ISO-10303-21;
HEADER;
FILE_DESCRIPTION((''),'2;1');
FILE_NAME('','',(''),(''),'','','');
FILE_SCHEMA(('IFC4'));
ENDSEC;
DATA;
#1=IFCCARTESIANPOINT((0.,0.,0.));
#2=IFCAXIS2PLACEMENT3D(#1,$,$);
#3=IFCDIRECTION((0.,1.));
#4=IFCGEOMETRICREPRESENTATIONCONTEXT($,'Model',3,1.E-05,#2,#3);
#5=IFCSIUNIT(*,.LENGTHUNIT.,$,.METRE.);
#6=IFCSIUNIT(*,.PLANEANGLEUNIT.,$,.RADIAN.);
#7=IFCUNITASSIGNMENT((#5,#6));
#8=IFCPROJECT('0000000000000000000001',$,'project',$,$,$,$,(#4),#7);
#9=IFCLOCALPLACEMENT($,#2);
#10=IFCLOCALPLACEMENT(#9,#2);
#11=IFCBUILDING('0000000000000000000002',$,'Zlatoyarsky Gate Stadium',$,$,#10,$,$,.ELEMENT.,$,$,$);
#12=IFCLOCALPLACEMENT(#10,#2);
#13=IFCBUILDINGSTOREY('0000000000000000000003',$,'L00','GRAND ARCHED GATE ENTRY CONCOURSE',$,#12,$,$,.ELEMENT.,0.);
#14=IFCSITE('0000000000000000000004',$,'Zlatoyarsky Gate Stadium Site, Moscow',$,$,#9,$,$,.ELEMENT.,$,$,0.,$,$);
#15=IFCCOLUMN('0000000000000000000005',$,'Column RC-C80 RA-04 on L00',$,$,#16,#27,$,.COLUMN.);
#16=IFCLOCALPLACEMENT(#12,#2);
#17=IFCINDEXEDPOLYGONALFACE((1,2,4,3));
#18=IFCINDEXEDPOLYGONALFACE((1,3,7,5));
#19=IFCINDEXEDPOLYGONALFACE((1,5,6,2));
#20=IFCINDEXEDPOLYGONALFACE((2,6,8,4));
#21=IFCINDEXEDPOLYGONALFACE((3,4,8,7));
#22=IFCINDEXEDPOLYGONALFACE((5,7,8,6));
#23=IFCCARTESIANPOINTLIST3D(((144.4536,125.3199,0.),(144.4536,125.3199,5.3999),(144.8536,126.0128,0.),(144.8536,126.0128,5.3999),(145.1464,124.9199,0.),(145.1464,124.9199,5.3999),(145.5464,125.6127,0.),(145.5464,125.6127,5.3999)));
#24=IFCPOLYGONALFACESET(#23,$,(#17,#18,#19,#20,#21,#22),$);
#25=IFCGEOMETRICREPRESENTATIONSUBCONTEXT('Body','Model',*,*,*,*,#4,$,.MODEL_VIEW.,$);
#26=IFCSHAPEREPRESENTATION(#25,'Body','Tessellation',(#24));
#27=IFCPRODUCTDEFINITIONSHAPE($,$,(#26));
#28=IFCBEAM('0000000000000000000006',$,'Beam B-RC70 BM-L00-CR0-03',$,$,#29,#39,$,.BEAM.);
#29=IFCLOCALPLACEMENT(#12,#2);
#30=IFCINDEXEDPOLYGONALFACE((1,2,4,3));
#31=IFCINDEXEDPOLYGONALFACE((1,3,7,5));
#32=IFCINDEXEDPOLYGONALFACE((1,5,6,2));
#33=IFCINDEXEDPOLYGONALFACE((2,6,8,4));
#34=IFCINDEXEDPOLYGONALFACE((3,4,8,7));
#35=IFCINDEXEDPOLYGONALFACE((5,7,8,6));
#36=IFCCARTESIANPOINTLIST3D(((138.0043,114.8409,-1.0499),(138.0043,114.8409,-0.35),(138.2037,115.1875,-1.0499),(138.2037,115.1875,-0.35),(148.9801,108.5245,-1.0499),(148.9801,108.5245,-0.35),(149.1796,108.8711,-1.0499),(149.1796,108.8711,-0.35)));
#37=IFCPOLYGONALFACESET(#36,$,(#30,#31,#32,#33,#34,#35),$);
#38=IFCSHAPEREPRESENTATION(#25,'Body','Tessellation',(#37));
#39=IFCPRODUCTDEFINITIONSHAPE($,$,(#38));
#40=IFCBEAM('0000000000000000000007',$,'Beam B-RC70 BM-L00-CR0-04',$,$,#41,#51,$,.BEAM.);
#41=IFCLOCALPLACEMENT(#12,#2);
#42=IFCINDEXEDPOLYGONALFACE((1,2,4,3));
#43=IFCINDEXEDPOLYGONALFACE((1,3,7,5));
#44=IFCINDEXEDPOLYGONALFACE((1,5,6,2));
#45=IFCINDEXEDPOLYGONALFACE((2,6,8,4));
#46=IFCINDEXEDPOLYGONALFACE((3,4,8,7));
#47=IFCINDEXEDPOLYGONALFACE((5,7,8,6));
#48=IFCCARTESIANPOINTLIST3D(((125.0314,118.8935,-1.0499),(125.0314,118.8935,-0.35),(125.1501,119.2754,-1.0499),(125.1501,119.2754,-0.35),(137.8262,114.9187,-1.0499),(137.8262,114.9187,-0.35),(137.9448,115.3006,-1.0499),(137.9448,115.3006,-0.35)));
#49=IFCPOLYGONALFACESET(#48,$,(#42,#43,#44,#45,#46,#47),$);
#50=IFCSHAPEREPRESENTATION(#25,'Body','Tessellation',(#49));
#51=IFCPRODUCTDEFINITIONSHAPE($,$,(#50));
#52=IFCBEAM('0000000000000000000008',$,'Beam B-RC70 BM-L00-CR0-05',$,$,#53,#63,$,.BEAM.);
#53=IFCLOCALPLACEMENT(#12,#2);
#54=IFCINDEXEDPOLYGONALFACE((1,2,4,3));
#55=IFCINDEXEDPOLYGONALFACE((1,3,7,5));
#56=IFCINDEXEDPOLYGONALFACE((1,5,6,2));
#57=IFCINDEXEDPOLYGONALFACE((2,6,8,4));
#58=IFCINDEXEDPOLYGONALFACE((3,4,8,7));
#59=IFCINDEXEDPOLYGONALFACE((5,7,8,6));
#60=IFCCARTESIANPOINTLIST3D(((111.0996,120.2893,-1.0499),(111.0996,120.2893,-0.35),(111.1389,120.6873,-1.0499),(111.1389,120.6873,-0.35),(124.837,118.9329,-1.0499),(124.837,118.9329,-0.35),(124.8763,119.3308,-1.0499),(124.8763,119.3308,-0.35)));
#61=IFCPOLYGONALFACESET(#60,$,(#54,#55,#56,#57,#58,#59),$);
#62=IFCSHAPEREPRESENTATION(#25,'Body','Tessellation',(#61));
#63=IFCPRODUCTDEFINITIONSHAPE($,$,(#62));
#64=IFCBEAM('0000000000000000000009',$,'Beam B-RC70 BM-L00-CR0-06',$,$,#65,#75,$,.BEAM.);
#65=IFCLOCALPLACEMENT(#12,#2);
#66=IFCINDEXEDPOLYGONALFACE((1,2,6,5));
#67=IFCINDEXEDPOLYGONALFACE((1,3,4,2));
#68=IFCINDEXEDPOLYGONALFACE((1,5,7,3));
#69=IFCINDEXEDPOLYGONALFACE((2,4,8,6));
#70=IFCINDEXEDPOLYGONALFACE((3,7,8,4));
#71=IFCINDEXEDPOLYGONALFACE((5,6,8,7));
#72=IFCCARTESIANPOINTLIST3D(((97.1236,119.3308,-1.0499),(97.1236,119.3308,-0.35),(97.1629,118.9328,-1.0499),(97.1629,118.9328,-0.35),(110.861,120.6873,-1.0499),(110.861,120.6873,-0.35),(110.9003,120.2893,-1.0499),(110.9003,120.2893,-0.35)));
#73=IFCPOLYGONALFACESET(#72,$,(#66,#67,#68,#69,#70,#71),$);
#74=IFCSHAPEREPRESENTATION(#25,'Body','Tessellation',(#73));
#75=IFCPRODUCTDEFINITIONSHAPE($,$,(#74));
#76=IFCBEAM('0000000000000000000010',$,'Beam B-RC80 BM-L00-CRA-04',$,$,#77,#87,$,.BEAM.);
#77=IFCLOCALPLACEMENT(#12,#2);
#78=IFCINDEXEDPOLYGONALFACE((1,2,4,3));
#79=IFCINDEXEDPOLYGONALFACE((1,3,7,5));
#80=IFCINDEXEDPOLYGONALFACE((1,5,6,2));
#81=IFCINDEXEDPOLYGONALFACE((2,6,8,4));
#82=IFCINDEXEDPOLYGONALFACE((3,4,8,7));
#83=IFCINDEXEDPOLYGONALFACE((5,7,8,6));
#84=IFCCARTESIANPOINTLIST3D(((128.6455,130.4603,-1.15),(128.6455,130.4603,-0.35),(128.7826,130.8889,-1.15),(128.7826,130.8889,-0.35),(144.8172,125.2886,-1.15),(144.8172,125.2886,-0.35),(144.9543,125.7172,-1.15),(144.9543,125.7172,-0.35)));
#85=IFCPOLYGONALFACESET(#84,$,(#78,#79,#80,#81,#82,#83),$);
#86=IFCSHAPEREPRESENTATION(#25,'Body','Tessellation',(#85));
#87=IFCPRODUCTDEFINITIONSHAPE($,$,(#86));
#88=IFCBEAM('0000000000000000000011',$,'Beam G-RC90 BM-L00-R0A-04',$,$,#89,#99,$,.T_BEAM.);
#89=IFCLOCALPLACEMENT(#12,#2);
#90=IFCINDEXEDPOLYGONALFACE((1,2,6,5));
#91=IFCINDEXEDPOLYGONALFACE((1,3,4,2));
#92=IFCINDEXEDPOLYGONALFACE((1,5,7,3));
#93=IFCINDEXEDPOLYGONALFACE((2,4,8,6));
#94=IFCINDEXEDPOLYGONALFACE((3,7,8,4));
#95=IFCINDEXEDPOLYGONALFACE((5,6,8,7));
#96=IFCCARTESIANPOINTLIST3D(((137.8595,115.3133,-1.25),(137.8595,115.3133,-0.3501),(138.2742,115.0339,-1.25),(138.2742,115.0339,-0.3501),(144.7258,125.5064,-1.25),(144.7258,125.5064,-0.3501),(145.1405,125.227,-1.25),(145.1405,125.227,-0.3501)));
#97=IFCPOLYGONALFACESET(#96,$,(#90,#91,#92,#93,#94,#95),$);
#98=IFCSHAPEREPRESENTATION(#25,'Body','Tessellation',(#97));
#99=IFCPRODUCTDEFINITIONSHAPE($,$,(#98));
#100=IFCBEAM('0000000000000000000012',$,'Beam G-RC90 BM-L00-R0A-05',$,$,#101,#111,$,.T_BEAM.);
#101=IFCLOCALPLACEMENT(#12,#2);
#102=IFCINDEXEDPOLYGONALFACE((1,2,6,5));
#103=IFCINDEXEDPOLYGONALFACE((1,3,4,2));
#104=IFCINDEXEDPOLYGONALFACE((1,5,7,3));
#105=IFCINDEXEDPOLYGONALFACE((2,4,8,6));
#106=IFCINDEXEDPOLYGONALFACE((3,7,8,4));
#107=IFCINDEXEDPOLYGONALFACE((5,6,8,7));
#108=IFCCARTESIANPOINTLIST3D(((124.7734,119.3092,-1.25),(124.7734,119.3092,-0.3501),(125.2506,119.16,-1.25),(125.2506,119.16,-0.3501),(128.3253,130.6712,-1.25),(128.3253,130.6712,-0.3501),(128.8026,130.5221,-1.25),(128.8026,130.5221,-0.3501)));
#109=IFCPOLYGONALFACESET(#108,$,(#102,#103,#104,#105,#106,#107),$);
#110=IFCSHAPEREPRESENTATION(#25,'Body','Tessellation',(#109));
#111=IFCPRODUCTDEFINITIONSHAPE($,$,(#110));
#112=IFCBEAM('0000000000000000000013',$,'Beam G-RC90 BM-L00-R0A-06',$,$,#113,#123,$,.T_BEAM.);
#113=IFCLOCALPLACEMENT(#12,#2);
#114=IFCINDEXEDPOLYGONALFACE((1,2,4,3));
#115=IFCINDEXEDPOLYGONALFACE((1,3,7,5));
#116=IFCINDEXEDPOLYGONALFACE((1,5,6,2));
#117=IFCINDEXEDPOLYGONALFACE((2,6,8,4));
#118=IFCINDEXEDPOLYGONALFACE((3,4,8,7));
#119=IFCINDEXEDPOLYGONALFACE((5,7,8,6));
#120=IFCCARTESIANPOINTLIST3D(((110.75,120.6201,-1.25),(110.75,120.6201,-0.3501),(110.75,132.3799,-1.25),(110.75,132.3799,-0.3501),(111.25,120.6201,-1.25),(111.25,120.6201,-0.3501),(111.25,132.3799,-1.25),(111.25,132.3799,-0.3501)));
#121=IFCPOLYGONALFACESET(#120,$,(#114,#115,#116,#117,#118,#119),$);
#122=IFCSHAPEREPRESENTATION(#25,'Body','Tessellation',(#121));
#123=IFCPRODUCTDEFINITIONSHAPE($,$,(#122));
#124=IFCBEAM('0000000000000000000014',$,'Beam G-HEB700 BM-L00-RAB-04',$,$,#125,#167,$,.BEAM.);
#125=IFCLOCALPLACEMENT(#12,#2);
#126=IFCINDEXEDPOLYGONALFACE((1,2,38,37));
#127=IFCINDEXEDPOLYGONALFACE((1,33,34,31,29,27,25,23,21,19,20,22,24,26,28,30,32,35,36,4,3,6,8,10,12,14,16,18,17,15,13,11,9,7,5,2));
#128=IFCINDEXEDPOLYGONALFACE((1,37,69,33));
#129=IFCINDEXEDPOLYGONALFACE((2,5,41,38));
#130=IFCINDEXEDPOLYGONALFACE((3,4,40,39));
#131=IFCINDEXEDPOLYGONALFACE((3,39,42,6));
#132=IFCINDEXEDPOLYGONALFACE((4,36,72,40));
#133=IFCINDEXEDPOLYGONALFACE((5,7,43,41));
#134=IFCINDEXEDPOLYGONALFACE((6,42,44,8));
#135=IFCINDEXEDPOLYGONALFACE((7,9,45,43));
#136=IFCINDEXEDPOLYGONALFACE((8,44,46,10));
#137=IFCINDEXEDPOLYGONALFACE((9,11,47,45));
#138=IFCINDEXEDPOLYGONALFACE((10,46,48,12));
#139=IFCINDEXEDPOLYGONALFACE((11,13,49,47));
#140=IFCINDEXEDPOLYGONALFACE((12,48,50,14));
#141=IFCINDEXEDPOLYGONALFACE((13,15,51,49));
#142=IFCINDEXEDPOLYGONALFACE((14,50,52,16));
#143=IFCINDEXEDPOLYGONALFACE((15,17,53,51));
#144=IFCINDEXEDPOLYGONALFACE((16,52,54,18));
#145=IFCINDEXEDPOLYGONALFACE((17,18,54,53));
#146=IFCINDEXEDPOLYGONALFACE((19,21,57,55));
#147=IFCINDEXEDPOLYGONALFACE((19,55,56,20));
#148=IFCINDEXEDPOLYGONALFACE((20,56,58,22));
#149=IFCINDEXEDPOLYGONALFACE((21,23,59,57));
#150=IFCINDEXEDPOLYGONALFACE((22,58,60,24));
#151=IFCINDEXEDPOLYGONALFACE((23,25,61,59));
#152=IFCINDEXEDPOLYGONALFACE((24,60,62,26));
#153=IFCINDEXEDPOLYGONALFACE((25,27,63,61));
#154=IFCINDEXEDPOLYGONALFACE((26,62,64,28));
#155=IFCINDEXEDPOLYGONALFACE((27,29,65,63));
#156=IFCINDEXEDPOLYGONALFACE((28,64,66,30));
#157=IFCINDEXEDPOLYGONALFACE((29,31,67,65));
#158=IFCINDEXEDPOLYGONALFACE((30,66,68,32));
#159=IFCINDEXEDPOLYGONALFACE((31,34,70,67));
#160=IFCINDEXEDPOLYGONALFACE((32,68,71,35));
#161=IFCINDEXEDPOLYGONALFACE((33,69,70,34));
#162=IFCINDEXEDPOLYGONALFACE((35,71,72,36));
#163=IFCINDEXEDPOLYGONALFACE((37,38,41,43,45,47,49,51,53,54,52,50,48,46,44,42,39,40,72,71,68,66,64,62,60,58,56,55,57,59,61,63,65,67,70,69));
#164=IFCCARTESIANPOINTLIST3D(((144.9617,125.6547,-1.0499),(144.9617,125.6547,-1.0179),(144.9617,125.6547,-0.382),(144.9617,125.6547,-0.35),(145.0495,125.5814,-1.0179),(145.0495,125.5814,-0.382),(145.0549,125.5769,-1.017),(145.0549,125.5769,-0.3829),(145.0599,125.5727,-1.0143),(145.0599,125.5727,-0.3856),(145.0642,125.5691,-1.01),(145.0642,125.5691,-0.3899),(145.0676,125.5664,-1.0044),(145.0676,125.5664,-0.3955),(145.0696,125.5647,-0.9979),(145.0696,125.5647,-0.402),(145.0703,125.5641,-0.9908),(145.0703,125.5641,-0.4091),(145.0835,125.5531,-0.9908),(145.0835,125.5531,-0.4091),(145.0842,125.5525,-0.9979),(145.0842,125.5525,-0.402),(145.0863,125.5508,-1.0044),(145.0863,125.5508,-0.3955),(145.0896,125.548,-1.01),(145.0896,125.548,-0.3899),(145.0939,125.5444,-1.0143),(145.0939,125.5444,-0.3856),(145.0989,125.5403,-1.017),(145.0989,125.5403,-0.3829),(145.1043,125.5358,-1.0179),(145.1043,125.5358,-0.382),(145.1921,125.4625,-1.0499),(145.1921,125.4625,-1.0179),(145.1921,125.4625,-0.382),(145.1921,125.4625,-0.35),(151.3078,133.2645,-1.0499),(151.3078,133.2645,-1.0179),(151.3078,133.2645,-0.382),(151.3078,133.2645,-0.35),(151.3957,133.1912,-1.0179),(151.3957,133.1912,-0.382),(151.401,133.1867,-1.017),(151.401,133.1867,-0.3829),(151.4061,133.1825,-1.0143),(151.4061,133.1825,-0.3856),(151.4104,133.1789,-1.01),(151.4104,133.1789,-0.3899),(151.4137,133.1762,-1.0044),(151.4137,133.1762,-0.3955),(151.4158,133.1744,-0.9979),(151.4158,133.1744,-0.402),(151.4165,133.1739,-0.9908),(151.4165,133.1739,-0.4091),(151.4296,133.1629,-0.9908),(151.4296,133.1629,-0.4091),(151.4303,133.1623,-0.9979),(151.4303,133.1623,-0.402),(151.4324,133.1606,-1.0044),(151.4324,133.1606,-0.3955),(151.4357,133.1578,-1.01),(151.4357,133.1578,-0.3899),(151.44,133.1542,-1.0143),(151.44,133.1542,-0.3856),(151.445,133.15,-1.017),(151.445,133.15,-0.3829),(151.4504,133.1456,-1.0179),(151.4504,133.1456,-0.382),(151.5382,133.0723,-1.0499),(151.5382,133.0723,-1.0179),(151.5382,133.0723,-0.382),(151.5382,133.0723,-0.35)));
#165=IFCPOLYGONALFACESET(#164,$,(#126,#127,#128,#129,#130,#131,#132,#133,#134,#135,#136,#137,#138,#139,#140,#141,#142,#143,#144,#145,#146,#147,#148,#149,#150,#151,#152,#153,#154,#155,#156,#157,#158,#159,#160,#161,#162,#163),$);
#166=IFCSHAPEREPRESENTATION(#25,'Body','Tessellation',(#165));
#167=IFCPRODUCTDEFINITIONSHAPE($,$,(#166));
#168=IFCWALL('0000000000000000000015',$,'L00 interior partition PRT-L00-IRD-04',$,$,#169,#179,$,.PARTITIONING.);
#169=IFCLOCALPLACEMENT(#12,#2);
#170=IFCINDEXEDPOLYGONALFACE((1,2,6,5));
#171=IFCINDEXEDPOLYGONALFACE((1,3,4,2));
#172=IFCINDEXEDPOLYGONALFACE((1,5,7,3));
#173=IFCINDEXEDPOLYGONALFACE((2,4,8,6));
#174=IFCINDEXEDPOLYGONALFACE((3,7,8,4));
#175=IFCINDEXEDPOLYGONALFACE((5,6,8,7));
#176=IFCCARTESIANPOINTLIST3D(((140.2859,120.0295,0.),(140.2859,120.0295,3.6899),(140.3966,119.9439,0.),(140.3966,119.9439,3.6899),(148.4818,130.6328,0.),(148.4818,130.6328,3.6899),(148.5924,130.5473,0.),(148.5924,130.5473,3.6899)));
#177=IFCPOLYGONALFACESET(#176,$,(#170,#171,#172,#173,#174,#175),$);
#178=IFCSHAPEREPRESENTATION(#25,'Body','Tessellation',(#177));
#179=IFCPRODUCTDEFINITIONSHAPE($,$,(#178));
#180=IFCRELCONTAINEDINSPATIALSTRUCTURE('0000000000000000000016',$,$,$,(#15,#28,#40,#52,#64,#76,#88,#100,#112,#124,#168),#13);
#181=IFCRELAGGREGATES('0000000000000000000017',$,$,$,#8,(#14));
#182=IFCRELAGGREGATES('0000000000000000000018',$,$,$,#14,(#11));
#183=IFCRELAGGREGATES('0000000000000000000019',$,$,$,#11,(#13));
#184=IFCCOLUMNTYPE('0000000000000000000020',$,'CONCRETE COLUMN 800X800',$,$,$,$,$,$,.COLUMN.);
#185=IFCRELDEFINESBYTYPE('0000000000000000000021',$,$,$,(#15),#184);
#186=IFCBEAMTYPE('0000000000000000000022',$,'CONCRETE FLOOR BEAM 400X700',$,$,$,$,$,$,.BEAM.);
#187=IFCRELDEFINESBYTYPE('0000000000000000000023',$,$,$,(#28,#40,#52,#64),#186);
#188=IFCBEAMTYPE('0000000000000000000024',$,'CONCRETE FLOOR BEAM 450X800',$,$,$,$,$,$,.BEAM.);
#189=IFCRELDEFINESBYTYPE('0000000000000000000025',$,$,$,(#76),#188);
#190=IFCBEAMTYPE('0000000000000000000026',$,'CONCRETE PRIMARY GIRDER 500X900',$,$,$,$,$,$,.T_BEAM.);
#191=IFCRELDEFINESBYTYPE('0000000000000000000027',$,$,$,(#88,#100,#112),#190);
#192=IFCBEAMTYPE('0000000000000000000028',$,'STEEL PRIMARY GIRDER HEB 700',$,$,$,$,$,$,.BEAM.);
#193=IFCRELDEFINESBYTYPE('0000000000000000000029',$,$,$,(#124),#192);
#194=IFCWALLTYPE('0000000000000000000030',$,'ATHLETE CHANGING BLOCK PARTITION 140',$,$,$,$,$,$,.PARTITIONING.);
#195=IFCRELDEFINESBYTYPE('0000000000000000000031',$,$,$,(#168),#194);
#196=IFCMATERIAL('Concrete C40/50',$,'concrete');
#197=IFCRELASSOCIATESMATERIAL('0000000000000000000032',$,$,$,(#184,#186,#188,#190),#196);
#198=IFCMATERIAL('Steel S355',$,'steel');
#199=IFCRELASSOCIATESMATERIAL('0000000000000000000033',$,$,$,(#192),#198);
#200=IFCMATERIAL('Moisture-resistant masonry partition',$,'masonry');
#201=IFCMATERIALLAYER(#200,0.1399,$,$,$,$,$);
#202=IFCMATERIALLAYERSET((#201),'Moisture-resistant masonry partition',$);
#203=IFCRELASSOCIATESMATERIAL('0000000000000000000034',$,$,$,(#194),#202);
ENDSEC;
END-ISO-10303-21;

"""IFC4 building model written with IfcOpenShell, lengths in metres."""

from ifc_helpers import new_model, si_unit, direction, frame, frame_2d, origin, origin_2d, place, context, subcontext, project, spatial, rectangle, i_section, extrude, material, layer, layer_set, material_profile, profile_set, type_object, element, save


model = new_model("IFC4")

# Units and contexts
model_context = context("Model", 3, precision=1e-05, world=origin(), true_north=direction((0.0, 1.0)))
body_context = subcontext(model_context, "Body", "Model", "MODEL_VIEW")
ifc_project = project(units=[si_unit("LENGTHUNIT", "METRE"), si_unit("PLANEANGLEUNIT", "RADIAN")], contexts=[model_context])

# Site, building, storey
site_placement = place(None, origin())
site = spatial("IfcSite", under=ifc_project, at=site_placement, Name="Zlatoyarsky Gate Stadium Site, Moscow", CompositionType="ELEMENT", RefElevation=0.0)
building_placement = place(site_placement, origin())
building = spatial("IfcBuilding", under=site, at=building_placement, Name="Zlatoyarsky Gate Stadium", CompositionType="ELEMENT")
storey_placement = place(building_placement, origin())
storey = spatial("IfcBuildingStorey", under=building, at=storey_placement, Name="L00", Description="GRAND ARCHED GATE ENTRY CONCOURSE", CompositionType="ELEMENT", Elevation=0.0)

# Column
ifc_material_1 = material(Name="Concrete C40/50", Category="concrete")
ifc_material_profile_1 = material_profile(ifc_material_1, rectangle(XDim=0.8, YDim=0.8, at=origin_2d()), Name="RC COL 800X800")
ifc_profile_set_1 = profile_set([ifc_material_profile_1], Name="Concrete C40/50")
column_type = type_object("IfcColumnType", Name="CONCRETE COLUMN 800X800", PredefinedType="COLUMN", material=ifc_profile_set_1)
column_placement = place(storey_placement, frame((145.0, 125.4663, 0.0), z_axis=(0.0, 0.0, 1.0), x_axis=(0.5, 0.866025, 0.0)))
element("IfcColumn", 1, at=column_placement, inside=storey, type_object=column_type, Name="Column RC-C80 RA-04 on L00", PredefinedType="COLUMN", context=body_context, shape_type="SweptSolid", body=[
    extrude(rectangle(XDim=0.8, YDim=0.8, at=origin_2d()), origin(), (0.0, 0.0, 1.0), 5.3999),
])

# Beams
ifc_material_profile_2 = material_profile(ifc_material_1, rectangle(XDim=0.3999, YDim=0.7, at=origin_2d()), Name="RC BEAM 400X700")
ifc_profile_set_2 = profile_set([ifc_material_profile_2], Name="Concrete C40/50")
beam_type_1 = type_object("IfcBeamType", Name="CONCRETE FLOOR BEAM 400X700", PredefinedType="BEAM", material=ifc_profile_set_2)
beam_1_placement = place(storey_placement, frame((149.0798, 108.6978, -0.7), z_axis=(-0.866725, 0.498786, 0.0), x_axis=(-0.498786, -0.866725, 0.0)))
element("IfcBeam", 2, at=beam_1_placement, inside=storey, type_object=beam_type_1, Name="Beam B-RC70 BM-L00-CR0-03", PredefinedType="BEAM", context=body_context, shape_type="SweptSolid", body=[
    extrude(rectangle(XDim=0.3999, YDim=0.7, at=origin_2d()), origin(), (0.0, 0.0, 1.0), 12.6636),
])
beam_2_placement = place(storey_placement, frame((137.8855, 115.1096, -0.7), z_axis=(-0.954978, 0.296678, 0.0), x_axis=(-0.296678, -0.954978, 0.0)))
element("IfcBeam", 3, at=beam_2_placement, inside=storey, type_object=beam_type_1, Name="Beam B-RC70 BM-L00-CR0-04", PredefinedType="BEAM", context=body_context, shape_type="SweptSolid", body=[
    extrude(rectangle(XDim=0.3999, YDim=0.7, at=origin_2d()), origin(), (0.0, 0.0, 1.0), 13.3979),
])
for number, where, z_axis, x_axis, name in (
    (4, (124.8567, 119.1318, -0.7), (-0.99516, 0.098264, 0.0), (-0.098264, -0.99516, 0.0), "Beam B-RC70 BM-L00-CR0-05"),
    (5, (110.8806, 120.4883, -0.7), (-0.99516, -0.098264, 0.0), (0.098264, -0.99516, 0.0), "Beam B-RC70 BM-L00-CR0-06"),
):
    element("IfcBeam", number, at=place(storey_placement, frame(where, z_axis=z_axis, x_axis=x_axis)), inside=storey, type_object=beam_type_1, Name=name, PredefinedType="BEAM", context=body_context, shape_type="SweptSolid", body=[
        extrude(rectangle(XDim=0.3999, YDim=0.7, at=origin_2d()), origin(), (0.0, 0.0, 1.0), 13.8042),
    ])
ifc_material_profile_3 = material_profile(ifc_material_1, rectangle(XDim=0.45, YDim=0.8, at=origin_2d()), Name="RC BEAM 450X800")
ifc_profile_set_3 = profile_set([ifc_material_profile_3], Name="Concrete C40/50")
beam_type_2 = type_object("IfcBeamType", Name="CONCRETE FLOOR BEAM 450X800", PredefinedType="BEAM", material=ifc_profile_set_3)
beam_3_placement = place(storey_placement, frame((144.8857, 125.5029, -0.75), z_axis=(-0.95248, 0.3046, 0.0), x_axis=(-0.3046, -0.95248, 0.0)))
element("IfcBeam", 6, at=beam_3_placement, inside=storey, type_object=beam_type_2, Name="Beam B-RC80 BM-L00-CRA-04", PredefinedType="BEAM", context=body_context, shape_type="SweptSolid", body=[
    extrude(rectangle(XDim=0.45, YDim=0.8, at=origin_2d()), origin(), (0.0, 0.0, 1.0), 16.9785),
])
ifc_material_profile_4 = material_profile(ifc_material_1, rectangle(XDim=0.5, YDim=0.8999, at=origin_2d()), Name="RC GIRDER 500X900")
ifc_profile_set_4 = profile_set([ifc_material_profile_4], Name="Concrete C40/50")
beam_type_3 = type_object("IfcBeamType", Name="CONCRETE PRIMARY GIRDER 500X900", PredefinedType="T_BEAM", material=ifc_profile_set_4)
beam_4_placement = place(storey_placement, frame((138.0669, 115.1736, -0.8), z_axis=(0.558682, 0.829382, 0.0), x_axis=(-0.829382, 0.558682, 0.0)))
element("IfcBeam", 7, at=beam_4_placement, inside=storey, type_object=beam_type_3, Name="Beam G-RC90 BM-L00-R0A-04", PredefinedType="T_BEAM", context=body_context, shape_type="SweptSolid", body=[
    extrude(rectangle(XDim=0.5, YDim=0.8999, at=origin_2d()), origin(), (0.0, 0.0, 1.0), 12.29),
])
beam_5_placement = place(storey_placement, frame((125.012, 119.2346, -0.8), z_axis=(0.298379, 0.954447, 0.0), x_axis=(-0.954447, 0.298379, 0.0)))
element("IfcBeam", 8, at=beam_5_placement, inside=storey, type_object=beam_type_3, Name="Beam G-RC90 BM-L00-R0A-05", PredefinedType="T_BEAM", context=body_context, shape_type="SweptSolid", body=[
    extrude(rectangle(XDim=0.5, YDim=0.8999, at=origin_2d()), origin(), (0.0, 0.0, 1.0), 11.9043),
])
beam_6_placement = place(storey_placement, frame((111.0, 120.6201, -0.8), z_axis=(0.0, 1.0, 0.0), x_axis=(-1.0, 0.0, 0.0)))
element("IfcBeam", 9, at=beam_6_placement, inside=storey, type_object=beam_type_3, Name="Beam G-RC90 BM-L00-R0A-06", PredefinedType="T_BEAM", context=body_context, shape_type="SweptSolid", body=[
    extrude(rectangle(XDim=0.5, YDim=0.8999, at=origin_2d()), origin(), (0.0, 0.0, 1.0), 11.7598),
])
ifc_material_2 = material(Name="Steel S355", Category="steel")
ifc_material_profile_5 = material_profile(ifc_material_2, i_section(OverallWidth=0.3, OverallDepth=0.7, WebThickness=0.0171, FlangeThickness=0.032, FilletRadius=0.0271, at=origin_2d()), Name="HEB 700")
ifc_profile_set_5 = profile_set([ifc_material_profile_5], Name="Steel S355")
beam_type_4 = type_object("IfcBeamType", Name="STEEL PRIMARY GIRDER HEB 700", PredefinedType="BEAM", material=ifc_profile_set_5)
beam_7_placement = place(storey_placement, frame((145.0769, 125.5586, -0.7), z_axis=(0.640461, 0.767991, 0.0), x_axis=(-0.767991, 0.640461, 0.0)))
element("IfcBeam", 10, at=beam_7_placement, inside=storey, type_object=beam_type_4, Name="Beam G-HEB700 BM-L00-RAB-04", PredefinedType="BEAM", context=body_context, shape_type="SweptSolid", body=[
    extrude(i_section(OverallWidth=0.3, OverallDepth=0.7, WebThickness=0.0171, FlangeThickness=0.032, FilletRadius=0.0271, at=origin_2d()), origin(), (0.0, 0.0, 1.0), 9.9087),
])

# Wall
ifc_material_3 = material(Name="Moisture-resistant masonry partition", Category="masonry")
ifc_layer_1 = layer(ifc_material_3, 0.1399)
ifc_layer_set_1 = layer_set([ifc_layer_1], Name="Moisture-resistant masonry partition")
wall_type_1 = type_object("IfcWallType", Name="ATHLETE CHANGING BLOCK PARTITION 140", PredefinedType="PARTITIONING", material=ifc_layer_set_1)
wall_1_placement = place(storey_placement, frame((140.3413, 119.9868, 0.0), z_axis=(0.0, 0.0, 1.0), x_axis=(0.611558, 0.7912, 0.0)))
element("IfcWall", 11, at=wall_1_placement, inside=storey, type_object=wall_type_1, Name="L00 interior partition PRT-L00-IRD-04", PredefinedType="PARTITIONING", context=body_context, shape_type="SweptSolid", body=[
    extrude(rectangle(XDim=13.4016, YDim=0.1399, at=frame_2d((6.7007, 0.0))), origin(), (0.0, 0.0, 1.0), 3.6899),
])

save(model, "model.ifc")
